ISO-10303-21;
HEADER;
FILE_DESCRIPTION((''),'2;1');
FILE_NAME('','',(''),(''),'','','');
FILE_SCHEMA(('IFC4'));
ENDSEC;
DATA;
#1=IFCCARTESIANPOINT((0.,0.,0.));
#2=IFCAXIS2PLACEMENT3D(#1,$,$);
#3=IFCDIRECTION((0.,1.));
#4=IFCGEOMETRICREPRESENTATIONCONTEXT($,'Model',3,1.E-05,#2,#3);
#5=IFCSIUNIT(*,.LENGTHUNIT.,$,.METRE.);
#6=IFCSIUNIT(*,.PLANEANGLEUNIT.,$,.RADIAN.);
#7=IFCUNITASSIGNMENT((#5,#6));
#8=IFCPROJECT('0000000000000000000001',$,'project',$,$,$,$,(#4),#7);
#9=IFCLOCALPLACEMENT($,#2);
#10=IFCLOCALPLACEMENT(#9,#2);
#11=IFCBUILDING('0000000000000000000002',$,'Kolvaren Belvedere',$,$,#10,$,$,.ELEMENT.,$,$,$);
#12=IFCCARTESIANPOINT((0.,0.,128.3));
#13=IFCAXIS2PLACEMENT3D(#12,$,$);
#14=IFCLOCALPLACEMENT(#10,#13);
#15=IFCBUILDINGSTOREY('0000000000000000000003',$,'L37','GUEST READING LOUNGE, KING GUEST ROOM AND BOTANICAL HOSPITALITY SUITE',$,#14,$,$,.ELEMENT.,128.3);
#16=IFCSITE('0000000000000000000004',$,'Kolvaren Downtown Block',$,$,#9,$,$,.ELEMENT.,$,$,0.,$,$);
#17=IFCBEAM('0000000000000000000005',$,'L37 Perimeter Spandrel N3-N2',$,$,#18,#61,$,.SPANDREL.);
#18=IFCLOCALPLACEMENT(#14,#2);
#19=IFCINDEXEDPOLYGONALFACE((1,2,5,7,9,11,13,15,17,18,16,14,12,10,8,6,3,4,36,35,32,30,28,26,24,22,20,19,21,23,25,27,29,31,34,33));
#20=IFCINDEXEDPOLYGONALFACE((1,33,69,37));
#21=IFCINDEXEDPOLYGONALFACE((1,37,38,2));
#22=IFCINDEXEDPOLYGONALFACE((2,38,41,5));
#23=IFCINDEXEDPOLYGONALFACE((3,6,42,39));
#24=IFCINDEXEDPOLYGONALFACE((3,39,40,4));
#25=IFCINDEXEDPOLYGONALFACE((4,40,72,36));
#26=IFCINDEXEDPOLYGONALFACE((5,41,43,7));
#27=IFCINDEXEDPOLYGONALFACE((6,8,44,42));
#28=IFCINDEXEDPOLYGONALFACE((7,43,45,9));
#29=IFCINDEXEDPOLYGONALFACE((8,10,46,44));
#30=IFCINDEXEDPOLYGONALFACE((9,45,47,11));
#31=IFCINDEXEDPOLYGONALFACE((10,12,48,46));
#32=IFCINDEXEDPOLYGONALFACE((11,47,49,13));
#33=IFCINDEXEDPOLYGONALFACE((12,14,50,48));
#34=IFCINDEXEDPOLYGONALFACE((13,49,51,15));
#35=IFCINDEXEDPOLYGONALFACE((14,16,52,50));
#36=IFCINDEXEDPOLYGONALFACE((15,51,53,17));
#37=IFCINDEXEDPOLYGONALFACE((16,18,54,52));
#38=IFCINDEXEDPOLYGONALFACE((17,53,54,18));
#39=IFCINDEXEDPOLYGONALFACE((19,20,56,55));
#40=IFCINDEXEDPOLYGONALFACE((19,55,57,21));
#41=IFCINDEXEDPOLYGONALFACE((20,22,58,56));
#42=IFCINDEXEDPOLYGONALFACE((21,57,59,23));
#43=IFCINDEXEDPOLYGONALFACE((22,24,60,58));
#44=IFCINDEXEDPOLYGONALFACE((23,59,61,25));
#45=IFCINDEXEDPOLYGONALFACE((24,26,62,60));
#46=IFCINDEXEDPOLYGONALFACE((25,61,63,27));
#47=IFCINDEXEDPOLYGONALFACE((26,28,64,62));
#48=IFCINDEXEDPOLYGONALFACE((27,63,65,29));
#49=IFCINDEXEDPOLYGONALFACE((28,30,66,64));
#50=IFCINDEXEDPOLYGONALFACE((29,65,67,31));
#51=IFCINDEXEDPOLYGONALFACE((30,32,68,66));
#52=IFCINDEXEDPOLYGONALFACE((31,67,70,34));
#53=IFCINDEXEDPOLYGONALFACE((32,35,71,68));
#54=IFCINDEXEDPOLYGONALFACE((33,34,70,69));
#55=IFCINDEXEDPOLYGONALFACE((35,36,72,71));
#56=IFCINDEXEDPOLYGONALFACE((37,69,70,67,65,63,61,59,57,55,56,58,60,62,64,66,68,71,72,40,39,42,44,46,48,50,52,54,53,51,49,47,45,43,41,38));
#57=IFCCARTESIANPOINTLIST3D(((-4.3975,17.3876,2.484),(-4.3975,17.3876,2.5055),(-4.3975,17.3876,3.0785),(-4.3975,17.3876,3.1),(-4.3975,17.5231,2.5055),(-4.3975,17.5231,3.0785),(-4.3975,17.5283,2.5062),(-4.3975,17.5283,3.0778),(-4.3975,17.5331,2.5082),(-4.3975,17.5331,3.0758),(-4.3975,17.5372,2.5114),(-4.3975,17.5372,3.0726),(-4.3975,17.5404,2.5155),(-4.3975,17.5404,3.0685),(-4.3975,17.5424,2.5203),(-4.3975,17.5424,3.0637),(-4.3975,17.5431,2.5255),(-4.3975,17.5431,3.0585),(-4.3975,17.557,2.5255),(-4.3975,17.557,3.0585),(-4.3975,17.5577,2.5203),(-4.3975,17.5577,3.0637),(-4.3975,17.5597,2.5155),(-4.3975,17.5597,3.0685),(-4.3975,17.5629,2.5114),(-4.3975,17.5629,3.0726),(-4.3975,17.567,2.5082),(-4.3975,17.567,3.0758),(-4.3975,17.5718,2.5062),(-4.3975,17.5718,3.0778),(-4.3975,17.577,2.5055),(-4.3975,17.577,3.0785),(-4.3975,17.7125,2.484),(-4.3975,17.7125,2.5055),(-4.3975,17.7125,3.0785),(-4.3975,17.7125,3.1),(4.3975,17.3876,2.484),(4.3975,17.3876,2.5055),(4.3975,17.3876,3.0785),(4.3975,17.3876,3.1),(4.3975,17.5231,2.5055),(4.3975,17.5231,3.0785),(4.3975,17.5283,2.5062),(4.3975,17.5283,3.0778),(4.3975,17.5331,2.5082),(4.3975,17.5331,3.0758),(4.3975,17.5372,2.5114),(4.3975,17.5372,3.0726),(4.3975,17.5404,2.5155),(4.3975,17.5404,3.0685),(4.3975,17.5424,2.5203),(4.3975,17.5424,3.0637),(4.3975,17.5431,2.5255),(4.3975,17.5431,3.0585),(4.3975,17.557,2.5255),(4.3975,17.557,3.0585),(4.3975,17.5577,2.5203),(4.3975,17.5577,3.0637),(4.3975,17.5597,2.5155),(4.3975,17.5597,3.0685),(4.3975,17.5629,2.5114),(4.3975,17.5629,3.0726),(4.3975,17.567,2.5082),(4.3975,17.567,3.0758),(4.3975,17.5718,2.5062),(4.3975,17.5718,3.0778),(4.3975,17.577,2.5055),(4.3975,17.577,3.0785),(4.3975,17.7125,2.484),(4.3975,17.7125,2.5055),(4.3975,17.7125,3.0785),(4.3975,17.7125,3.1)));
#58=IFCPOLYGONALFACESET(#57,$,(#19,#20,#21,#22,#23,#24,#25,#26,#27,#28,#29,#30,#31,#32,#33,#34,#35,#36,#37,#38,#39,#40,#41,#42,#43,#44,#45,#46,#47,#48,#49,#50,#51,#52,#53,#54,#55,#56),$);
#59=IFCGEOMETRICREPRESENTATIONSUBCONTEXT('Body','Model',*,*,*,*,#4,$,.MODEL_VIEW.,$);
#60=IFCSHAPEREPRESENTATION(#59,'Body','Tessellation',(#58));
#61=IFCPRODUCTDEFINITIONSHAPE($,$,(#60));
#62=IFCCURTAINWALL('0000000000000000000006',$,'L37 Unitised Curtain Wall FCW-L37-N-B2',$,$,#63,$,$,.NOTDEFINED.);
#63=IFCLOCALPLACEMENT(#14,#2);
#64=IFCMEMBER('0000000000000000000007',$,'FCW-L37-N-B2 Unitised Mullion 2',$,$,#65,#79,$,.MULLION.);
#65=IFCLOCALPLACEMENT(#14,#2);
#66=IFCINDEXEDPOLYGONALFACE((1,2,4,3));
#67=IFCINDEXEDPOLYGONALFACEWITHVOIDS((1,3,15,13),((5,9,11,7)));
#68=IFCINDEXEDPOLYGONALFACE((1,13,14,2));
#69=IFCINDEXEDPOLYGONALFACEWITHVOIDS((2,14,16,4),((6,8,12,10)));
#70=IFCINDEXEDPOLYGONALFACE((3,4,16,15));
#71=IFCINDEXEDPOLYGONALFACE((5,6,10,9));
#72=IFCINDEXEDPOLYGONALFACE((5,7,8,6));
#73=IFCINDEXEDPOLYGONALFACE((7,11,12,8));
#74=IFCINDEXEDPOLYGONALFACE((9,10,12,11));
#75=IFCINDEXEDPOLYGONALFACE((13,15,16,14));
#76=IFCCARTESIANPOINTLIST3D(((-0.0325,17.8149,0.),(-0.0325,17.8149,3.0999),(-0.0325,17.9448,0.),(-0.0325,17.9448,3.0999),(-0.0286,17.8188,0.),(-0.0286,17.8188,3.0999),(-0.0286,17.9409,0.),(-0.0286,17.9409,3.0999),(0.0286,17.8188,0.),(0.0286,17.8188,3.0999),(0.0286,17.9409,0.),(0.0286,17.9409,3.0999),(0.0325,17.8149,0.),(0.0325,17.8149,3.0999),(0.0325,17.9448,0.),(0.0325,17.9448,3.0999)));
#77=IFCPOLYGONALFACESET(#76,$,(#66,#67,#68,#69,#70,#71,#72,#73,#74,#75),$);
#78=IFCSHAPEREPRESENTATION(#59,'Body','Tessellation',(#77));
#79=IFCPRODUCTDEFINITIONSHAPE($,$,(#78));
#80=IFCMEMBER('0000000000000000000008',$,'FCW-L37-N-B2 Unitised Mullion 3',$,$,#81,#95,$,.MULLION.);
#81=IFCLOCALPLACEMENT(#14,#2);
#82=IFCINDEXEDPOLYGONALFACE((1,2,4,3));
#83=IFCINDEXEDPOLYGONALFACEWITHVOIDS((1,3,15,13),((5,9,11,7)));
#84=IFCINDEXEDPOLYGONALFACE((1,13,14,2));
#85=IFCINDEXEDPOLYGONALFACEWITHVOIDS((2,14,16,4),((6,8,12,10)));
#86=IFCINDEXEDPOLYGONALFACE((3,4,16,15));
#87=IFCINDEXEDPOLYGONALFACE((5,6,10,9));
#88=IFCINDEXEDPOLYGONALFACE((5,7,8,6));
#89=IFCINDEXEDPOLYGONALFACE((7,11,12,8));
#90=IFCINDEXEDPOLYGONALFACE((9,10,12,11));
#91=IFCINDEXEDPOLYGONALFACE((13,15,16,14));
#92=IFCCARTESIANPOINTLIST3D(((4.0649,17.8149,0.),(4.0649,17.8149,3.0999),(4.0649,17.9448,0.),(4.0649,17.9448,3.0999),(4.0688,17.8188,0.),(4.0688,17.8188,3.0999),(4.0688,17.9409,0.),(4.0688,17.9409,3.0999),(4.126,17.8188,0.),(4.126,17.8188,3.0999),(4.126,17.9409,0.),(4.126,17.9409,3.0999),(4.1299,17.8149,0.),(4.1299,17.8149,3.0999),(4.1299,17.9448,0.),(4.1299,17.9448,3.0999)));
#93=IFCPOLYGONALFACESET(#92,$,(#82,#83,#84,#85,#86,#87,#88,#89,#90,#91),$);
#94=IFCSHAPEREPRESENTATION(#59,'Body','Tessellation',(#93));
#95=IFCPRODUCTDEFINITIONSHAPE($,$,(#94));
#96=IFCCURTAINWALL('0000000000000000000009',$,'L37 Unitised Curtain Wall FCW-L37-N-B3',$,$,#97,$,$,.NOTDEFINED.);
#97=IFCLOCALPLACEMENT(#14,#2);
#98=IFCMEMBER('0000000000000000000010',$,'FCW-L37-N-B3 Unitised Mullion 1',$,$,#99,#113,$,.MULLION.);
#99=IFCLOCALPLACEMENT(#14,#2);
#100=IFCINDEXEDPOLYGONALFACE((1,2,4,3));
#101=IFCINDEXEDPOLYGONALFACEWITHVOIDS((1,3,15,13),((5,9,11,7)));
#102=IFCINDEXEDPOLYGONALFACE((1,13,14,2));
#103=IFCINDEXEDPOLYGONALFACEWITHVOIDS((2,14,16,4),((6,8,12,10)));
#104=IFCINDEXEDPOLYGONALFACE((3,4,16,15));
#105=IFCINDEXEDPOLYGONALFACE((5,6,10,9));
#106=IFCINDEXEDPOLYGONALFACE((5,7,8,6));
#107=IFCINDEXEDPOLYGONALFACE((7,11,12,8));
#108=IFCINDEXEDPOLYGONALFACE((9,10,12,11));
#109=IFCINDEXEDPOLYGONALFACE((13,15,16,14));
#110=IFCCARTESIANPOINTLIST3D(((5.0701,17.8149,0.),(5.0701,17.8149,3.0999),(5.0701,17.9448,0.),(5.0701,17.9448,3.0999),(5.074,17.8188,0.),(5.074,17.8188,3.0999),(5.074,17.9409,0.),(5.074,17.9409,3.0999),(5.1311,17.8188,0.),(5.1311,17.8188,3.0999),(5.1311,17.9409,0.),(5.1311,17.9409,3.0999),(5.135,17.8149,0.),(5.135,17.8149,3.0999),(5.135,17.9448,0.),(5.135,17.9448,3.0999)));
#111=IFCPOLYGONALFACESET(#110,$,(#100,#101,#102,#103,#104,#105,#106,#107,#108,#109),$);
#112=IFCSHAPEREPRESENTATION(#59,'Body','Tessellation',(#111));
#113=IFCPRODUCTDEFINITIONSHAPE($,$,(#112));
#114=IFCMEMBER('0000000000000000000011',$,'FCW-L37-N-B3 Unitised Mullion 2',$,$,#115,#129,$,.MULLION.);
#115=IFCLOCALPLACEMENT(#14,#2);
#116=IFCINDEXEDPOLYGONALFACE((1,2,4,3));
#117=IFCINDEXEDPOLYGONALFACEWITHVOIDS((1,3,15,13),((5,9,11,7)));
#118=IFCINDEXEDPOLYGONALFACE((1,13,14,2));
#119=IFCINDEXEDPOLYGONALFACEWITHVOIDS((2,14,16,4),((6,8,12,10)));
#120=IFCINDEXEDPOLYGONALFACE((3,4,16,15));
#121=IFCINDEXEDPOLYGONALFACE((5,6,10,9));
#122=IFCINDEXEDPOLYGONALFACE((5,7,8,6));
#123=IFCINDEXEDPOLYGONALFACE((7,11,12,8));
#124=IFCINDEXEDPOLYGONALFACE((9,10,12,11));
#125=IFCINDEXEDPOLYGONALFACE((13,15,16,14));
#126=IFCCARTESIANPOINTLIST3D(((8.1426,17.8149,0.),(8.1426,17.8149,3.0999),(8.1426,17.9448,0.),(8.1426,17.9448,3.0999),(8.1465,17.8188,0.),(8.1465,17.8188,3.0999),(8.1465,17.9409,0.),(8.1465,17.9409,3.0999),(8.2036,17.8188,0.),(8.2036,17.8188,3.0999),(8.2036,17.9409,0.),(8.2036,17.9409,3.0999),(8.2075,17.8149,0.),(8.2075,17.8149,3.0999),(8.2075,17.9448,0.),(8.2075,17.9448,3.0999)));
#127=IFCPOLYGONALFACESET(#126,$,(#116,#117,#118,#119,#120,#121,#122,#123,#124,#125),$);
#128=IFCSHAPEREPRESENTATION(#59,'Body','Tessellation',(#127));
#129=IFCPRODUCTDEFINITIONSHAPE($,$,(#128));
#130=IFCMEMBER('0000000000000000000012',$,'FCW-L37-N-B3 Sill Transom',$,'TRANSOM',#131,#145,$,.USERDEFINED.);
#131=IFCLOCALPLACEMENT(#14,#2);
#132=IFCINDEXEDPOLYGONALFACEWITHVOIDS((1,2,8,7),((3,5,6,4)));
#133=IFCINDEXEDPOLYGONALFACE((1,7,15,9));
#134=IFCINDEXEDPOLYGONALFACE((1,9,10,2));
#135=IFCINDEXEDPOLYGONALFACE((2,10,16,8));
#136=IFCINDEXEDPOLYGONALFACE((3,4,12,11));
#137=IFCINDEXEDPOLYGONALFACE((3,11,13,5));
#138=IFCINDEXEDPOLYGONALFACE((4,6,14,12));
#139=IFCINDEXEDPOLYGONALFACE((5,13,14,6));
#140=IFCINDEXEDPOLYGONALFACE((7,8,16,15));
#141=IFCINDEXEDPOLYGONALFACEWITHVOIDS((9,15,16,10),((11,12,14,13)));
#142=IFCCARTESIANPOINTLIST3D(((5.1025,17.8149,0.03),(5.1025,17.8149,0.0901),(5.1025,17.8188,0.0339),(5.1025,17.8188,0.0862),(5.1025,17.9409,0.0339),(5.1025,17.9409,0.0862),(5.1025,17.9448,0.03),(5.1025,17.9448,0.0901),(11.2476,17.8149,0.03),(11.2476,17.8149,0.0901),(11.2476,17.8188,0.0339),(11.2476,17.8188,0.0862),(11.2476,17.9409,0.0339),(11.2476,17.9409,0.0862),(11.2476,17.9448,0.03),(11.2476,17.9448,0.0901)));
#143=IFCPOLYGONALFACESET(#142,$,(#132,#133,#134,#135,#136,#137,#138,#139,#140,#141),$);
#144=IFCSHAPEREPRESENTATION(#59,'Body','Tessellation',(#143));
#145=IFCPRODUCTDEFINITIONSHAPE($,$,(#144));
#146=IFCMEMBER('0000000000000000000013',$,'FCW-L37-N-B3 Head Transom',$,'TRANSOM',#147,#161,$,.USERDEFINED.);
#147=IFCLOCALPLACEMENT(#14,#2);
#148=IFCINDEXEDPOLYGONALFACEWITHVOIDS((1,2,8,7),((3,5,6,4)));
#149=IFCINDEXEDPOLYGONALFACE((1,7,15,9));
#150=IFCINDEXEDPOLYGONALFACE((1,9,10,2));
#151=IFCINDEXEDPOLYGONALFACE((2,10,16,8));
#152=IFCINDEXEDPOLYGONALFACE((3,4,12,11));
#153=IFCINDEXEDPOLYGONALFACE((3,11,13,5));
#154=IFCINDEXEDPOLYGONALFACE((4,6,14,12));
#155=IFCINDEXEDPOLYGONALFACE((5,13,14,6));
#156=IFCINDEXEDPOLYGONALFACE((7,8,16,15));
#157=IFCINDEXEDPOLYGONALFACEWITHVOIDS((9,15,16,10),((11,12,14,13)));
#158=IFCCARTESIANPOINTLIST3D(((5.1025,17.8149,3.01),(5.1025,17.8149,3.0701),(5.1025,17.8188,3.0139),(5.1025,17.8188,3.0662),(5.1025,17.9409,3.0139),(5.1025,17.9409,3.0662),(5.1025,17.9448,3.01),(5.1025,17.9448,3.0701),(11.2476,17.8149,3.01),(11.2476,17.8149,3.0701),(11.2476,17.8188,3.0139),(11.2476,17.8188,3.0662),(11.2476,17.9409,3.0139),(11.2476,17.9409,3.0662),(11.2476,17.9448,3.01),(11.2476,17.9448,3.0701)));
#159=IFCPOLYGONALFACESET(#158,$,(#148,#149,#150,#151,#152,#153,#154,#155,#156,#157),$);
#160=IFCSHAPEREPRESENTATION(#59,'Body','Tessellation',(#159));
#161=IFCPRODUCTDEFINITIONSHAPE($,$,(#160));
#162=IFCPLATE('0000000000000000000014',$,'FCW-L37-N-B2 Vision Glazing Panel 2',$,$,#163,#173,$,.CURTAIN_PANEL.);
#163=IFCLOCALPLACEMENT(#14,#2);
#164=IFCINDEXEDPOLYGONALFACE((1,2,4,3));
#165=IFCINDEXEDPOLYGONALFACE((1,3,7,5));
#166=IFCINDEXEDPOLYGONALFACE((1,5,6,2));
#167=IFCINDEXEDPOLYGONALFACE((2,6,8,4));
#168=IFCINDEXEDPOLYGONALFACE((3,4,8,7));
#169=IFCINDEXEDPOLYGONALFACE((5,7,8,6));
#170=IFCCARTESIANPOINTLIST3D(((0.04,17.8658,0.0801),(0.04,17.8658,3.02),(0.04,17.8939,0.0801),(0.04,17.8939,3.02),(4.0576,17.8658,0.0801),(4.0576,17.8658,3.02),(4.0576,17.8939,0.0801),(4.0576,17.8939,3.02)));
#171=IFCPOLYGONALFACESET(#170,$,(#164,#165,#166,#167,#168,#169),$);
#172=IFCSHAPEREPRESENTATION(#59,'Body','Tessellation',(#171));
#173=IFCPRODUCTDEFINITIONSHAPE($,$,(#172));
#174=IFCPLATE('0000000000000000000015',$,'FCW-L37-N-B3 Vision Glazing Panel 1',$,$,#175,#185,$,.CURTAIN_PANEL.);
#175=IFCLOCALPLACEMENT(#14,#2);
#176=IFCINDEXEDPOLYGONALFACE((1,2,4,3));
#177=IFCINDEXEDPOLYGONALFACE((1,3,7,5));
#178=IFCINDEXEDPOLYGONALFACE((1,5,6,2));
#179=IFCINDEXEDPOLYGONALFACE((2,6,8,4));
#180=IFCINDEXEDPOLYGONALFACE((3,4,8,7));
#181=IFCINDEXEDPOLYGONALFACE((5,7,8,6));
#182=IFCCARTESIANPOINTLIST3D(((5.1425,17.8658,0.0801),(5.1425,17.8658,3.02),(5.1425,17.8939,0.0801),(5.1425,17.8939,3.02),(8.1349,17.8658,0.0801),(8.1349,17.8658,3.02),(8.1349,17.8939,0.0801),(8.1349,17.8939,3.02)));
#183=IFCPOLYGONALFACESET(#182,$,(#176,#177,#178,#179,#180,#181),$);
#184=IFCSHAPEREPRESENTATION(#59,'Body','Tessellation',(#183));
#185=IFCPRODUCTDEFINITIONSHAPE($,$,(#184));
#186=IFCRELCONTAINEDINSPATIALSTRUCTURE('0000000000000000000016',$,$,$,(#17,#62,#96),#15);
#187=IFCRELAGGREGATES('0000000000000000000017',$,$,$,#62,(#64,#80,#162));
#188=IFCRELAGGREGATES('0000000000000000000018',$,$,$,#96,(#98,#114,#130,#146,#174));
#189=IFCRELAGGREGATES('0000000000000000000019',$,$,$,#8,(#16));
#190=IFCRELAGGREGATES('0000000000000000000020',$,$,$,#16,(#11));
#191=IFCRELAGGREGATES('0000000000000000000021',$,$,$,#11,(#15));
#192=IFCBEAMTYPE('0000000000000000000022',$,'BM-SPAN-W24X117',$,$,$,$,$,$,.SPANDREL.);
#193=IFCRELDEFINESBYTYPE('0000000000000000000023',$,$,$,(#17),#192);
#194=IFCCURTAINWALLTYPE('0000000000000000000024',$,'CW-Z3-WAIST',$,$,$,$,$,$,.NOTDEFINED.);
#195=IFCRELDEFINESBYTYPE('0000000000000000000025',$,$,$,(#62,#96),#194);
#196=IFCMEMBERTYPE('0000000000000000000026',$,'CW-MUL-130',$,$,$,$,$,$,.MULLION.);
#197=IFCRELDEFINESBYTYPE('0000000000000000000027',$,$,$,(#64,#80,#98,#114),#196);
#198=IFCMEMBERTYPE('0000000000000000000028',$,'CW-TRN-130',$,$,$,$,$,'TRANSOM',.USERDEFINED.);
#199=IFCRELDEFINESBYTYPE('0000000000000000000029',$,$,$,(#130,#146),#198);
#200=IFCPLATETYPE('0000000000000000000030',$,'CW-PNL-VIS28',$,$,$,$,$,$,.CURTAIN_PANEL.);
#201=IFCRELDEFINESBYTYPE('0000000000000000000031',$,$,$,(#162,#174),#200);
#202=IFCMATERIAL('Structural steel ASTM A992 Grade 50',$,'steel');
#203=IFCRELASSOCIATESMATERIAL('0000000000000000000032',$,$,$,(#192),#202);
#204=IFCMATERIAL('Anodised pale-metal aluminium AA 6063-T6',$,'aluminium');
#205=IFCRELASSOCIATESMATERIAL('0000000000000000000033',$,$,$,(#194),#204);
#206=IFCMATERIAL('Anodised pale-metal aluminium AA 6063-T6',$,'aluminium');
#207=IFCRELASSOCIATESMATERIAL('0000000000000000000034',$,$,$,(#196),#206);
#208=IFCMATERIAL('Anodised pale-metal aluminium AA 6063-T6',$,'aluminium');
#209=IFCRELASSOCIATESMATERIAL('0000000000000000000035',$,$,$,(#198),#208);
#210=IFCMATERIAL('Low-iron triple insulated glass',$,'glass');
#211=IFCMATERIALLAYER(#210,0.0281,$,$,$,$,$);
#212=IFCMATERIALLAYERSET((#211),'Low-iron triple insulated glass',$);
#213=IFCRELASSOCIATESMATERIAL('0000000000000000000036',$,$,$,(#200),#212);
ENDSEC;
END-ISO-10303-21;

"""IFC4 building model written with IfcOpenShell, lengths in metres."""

from ifc_helpers import new_model, si_unit, direction, frame, origin, origin_2d, place, context, subcontext, project, spatial, rectangle, hollow_rectangle, i_section, extrude, material, layer, layer_set, material_profile, profile_set, type_object, element, aggregate, save


model = new_model("IFC4")

# Units and contexts
model_context = context("Model", 3, precision=1e-05, world=origin(), true_north=direction((0.0, 1.0)))
body_context = subcontext(model_context, "Body", "Model", "MODEL_VIEW")
ifc_project = project(units=[si_unit("LENGTHUNIT", "METRE"), si_unit("PLANEANGLEUNIT", "RADIAN")], contexts=[model_context])

# Site, building, storey
site_placement = place(None, origin())
site = spatial("IfcSite", under=ifc_project, at=site_placement, Name="Kolvaren Downtown Block", CompositionType="ELEMENT", RefElevation=0.0)
building_placement = place(site_placement, origin())
building = spatial("IfcBuilding", under=site, at=building_placement, Name="Kolvaren Belvedere", CompositionType="ELEMENT")
storey_placement = place(building_placement, frame((0.0, 0.0, 128.3)))
storey = spatial("IfcBuildingStorey", under=building, at=storey_placement, Name="L37", Description="GUEST READING LOUNGE, KING GUEST ROOM AND BOTANICAL HOSPITALITY SUITE", CompositionType="ELEMENT", Elevation=128.3)

# Beam
ifc_material_1 = material(Name="Structural steel ASTM A992 Grade 50", Category="steel")
ifc_material_profile_1 = material_profile(ifc_material_1, i_section(OverallWidth=0.325, OverallDepth=0.616, WebThickness=0.0139, FlangeThickness=0.0215, FilletRadius=0.02, at=origin_2d()), Name="W24X117")
ifc_profile_set_1 = profile_set([ifc_material_profile_1], Name="Structural steel ASTM A992 Grade 50")
beam_type_1 = type_object("IfcBeamType", Name="BM-SPAN-W24X117", PredefinedType="SPANDREL", material=ifc_profile_set_1)
beam_1_placement = place(storey_placement, frame((4.3975, 17.55, 2.792), z_axis=(-1.0, 0.0, 0.0), x_axis=(0.0, -1.0, 0.0)))
element("IfcBeam", 1, at=beam_1_placement, inside=storey, type_object=beam_type_1, Name="L37 Perimeter Spandrel N3-N2", PredefinedType="SPANDREL", context=body_context, shape_type="SweptSolid", body=[
    extrude(i_section(OverallWidth=0.325, OverallDepth=0.616, WebThickness=0.0139, FlangeThickness=0.0215, FilletRadius=0.02, at=origin_2d()), origin(), (0.0, 0.0, 1.0), 8.7949),
])

# Curtain walls, members
ifc_material_2 = material(Name="Anodised pale-metal aluminium AA 6063-T6", Category="aluminium")
curtain_wall_type = type_object("IfcCurtainWallType", Name="CW-Z3-WAIST", PredefinedType="NOTDEFINED", material=ifc_material_2)
curtain_wall_1_placement = place(storey_placement, origin())
curtain_wall_1 = element("IfcCurtainWall", 2, at=curtain_wall_1_placement, inside=storey, type_object=curtain_wall_type, Name="L37 Unitised Curtain Wall FCW-L37-N-B2", PredefinedType="NOTDEFINED")
ifc_material_3 = material(Name="Anodised pale-metal aluminium AA 6063-T6", Category="aluminium")
ifc_material_profile_2 = material_profile(ifc_material_3, hollow_rectangle(XDim=0.0649, YDim=0.1299, WallThickness=0.0039, at=origin_2d()), Name="ALU-MUL-130X65")
ifc_profile_set_2 = profile_set([ifc_material_profile_2], Name="Anodised pale-metal aluminium AA 6063-T6")
member_type_1 = type_object("IfcMemberType", Name="CW-MUL-130", PredefinedType="MULLION", material=ifc_profile_set_2)
member_1_placement = place(storey_placement, frame((0.0, 17.8799, 0.0), z_axis=(0.0, 0.0, 1.0), x_axis=(1.0, 0.0, 0.0)))
member_1 = element("IfcMember", 3, at=member_1_placement, type_object=member_type_1, Name="FCW-L37-N-B2 Unitised Mullion 2", PredefinedType="MULLION", context=body_context, shape_type="SweptSolid", body=[
    extrude(hollow_rectangle(XDim=0.0649, YDim=0.1299, WallThickness=0.0039, at=origin_2d()), origin(), (0.0, 0.0, 1.0), 3.0999),
])
member_2_placement = place(storey_placement, frame((4.0974, 17.8799, 0.0), z_axis=(0.0, 0.0, 1.0), x_axis=(1.0, 0.0, 0.0)))
member_2 = element("IfcMember", 4, at=member_2_placement, type_object=member_type_1, Name="FCW-L37-N-B2 Unitised Mullion 3", PredefinedType="MULLION", context=body_context, shape_type="SweptSolid", body=[
    extrude(hollow_rectangle(XDim=0.0649, YDim=0.1299, WallThickness=0.0039, at=origin_2d()), origin(), (0.0, 0.0, 1.0), 3.0999),
])
curtain_wall_2_placement = place(storey_placement, origin())
curtain_wall_2 = element("IfcCurtainWall", 5, at=curtain_wall_2_placement, inside=storey, type_object=curtain_wall_type, Name="L37 Unitised Curtain Wall FCW-L37-N-B3", PredefinedType="NOTDEFINED")
member_3_placement = place(storey_placement, frame((5.1025, 17.8799, 0.0), z_axis=(0.0, 0.0, 1.0), x_axis=(1.0, 0.0, 0.0)))
member_3 = element("IfcMember", 6, at=member_3_placement, type_object=member_type_1, Name="FCW-L37-N-B3 Unitised Mullion 1", PredefinedType="MULLION", context=body_context, shape_type="SweptSolid", body=[
    extrude(hollow_rectangle(XDim=0.0649, YDim=0.1299, WallThickness=0.0039, at=origin_2d()), origin(), (0.0, 0.0, 1.0), 3.0999),
])
member_4_placement = place(storey_placement, frame((8.175, 17.8799, 0.0), z_axis=(0.0, 0.0, 1.0), x_axis=(1.0, 0.0, 0.0)))
member_4 = element("IfcMember", 7, at=member_4_placement, type_object=member_type_1, Name="FCW-L37-N-B3 Unitised Mullion 2", PredefinedType="MULLION", context=body_context, shape_type="SweptSolid", body=[
    extrude(hollow_rectangle(XDim=0.0649, YDim=0.1299, WallThickness=0.0039, at=origin_2d()), origin(), (0.0, 0.0, 1.0), 3.0999),
])
ifc_material_4 = material(Name="Anodised pale-metal aluminium AA 6063-T6", Category="aluminium")
ifc_material_profile_3 = material_profile(ifc_material_4, hollow_rectangle(XDim=0.0601, YDim=0.1299, WallThickness=0.0039, at=origin_2d()), Name="ALU-TRN-130X60")
ifc_profile_set_3 = profile_set([ifc_material_profile_3], Name="Anodised pale-metal aluminium AA 6063-T6")
member_type_2 = type_object("IfcMemberType", Name="CW-TRN-130", ElementType="TRANSOM", PredefinedType="USERDEFINED", material=ifc_profile_set_3)
member_5_placement = place(storey_placement, frame((5.1025, 17.8799, 0.0601), z_axis=(1.0, 0.0, 0.0), x_axis=(0.0, 0.0, 1.0)))
member_5 = element("IfcMember", 8, at=member_5_placement, type_object=member_type_2, Name="FCW-L37-N-B3 Sill Transom", ObjectType="TRANSOM", PredefinedType="USERDEFINED", context=body_context, shape_type="SweptSolid", body=[
    extrude(hollow_rectangle(XDim=0.0601, YDim=0.1299, WallThickness=0.0039, at=origin_2d()), origin(), (0.0, 0.0, 1.0), 6.145),
])
member_6_placement = place(storey_placement, frame((5.1025, 17.8799, 3.04), z_axis=(1.0, 0.0, 0.0), x_axis=(0.0, 0.0, 1.0)))
member_6 = element("IfcMember", 9, at=member_6_placement, type_object=member_type_2, Name="FCW-L37-N-B3 Head Transom", ObjectType="TRANSOM", PredefinedType="USERDEFINED", context=body_context, shape_type="SweptSolid", body=[
    extrude(hollow_rectangle(XDim=0.0601, YDim=0.1299, WallThickness=0.0039, at=origin_2d()), origin(), (0.0, 0.0, 1.0), 6.145),
])

# Plates
ifc_material_5 = material(Name="Low-iron triple insulated glass", Category="glass")
ifc_layer_1 = layer(ifc_material_5, 0.0281)
ifc_layer_set_1 = layer_set([ifc_layer_1], Name="Low-iron triple insulated glass")
plate_type_1 = type_object("IfcPlateType", Name="CW-PNL-VIS28", PredefinedType="CURTAIN_PANEL", material=ifc_layer_set_1)
plate_1_placement = place(storey_placement, frame((2.0488, 17.8799, 0.0801), z_axis=(0.0, 0.0, 1.0), x_axis=(1.0, 0.0, 0.0)))
plate_1 = element("IfcPlate", 10, at=plate_1_placement, type_object=plate_type_1, Name="FCW-L37-N-B2 Vision Glazing Panel 2", PredefinedType="CURTAIN_PANEL", context=body_context, shape_type="SweptSolid", body=[
    extrude(rectangle(XDim=4.0176, YDim=0.0281, at=origin_2d()), origin(), (0.0, 0.0, 1.0), 2.9399),
])
aggregate(curtain_wall_1, [member_1, member_2, plate_1])
plate_2_placement = place(storey_placement, frame((6.6387, 17.8799, 0.0801), z_axis=(0.0, 0.0, 1.0), x_axis=(1.0, 0.0, 0.0)))
plate_2 = element("IfcPlate", 11, at=plate_2_placement, type_object=plate_type_1, Name="FCW-L37-N-B3 Vision Glazing Panel 1", PredefinedType="CURTAIN_PANEL", context=body_context, shape_type="SweptSolid", body=[
    extrude(rectangle(XDim=2.9924, YDim=0.0281, at=origin_2d()), origin(), (0.0, 0.0, 1.0), 2.9399),
])
aggregate(curtain_wall_2, [member_3, member_4, member_5, member_6, plate_2])

save(model, "model.ifc")
